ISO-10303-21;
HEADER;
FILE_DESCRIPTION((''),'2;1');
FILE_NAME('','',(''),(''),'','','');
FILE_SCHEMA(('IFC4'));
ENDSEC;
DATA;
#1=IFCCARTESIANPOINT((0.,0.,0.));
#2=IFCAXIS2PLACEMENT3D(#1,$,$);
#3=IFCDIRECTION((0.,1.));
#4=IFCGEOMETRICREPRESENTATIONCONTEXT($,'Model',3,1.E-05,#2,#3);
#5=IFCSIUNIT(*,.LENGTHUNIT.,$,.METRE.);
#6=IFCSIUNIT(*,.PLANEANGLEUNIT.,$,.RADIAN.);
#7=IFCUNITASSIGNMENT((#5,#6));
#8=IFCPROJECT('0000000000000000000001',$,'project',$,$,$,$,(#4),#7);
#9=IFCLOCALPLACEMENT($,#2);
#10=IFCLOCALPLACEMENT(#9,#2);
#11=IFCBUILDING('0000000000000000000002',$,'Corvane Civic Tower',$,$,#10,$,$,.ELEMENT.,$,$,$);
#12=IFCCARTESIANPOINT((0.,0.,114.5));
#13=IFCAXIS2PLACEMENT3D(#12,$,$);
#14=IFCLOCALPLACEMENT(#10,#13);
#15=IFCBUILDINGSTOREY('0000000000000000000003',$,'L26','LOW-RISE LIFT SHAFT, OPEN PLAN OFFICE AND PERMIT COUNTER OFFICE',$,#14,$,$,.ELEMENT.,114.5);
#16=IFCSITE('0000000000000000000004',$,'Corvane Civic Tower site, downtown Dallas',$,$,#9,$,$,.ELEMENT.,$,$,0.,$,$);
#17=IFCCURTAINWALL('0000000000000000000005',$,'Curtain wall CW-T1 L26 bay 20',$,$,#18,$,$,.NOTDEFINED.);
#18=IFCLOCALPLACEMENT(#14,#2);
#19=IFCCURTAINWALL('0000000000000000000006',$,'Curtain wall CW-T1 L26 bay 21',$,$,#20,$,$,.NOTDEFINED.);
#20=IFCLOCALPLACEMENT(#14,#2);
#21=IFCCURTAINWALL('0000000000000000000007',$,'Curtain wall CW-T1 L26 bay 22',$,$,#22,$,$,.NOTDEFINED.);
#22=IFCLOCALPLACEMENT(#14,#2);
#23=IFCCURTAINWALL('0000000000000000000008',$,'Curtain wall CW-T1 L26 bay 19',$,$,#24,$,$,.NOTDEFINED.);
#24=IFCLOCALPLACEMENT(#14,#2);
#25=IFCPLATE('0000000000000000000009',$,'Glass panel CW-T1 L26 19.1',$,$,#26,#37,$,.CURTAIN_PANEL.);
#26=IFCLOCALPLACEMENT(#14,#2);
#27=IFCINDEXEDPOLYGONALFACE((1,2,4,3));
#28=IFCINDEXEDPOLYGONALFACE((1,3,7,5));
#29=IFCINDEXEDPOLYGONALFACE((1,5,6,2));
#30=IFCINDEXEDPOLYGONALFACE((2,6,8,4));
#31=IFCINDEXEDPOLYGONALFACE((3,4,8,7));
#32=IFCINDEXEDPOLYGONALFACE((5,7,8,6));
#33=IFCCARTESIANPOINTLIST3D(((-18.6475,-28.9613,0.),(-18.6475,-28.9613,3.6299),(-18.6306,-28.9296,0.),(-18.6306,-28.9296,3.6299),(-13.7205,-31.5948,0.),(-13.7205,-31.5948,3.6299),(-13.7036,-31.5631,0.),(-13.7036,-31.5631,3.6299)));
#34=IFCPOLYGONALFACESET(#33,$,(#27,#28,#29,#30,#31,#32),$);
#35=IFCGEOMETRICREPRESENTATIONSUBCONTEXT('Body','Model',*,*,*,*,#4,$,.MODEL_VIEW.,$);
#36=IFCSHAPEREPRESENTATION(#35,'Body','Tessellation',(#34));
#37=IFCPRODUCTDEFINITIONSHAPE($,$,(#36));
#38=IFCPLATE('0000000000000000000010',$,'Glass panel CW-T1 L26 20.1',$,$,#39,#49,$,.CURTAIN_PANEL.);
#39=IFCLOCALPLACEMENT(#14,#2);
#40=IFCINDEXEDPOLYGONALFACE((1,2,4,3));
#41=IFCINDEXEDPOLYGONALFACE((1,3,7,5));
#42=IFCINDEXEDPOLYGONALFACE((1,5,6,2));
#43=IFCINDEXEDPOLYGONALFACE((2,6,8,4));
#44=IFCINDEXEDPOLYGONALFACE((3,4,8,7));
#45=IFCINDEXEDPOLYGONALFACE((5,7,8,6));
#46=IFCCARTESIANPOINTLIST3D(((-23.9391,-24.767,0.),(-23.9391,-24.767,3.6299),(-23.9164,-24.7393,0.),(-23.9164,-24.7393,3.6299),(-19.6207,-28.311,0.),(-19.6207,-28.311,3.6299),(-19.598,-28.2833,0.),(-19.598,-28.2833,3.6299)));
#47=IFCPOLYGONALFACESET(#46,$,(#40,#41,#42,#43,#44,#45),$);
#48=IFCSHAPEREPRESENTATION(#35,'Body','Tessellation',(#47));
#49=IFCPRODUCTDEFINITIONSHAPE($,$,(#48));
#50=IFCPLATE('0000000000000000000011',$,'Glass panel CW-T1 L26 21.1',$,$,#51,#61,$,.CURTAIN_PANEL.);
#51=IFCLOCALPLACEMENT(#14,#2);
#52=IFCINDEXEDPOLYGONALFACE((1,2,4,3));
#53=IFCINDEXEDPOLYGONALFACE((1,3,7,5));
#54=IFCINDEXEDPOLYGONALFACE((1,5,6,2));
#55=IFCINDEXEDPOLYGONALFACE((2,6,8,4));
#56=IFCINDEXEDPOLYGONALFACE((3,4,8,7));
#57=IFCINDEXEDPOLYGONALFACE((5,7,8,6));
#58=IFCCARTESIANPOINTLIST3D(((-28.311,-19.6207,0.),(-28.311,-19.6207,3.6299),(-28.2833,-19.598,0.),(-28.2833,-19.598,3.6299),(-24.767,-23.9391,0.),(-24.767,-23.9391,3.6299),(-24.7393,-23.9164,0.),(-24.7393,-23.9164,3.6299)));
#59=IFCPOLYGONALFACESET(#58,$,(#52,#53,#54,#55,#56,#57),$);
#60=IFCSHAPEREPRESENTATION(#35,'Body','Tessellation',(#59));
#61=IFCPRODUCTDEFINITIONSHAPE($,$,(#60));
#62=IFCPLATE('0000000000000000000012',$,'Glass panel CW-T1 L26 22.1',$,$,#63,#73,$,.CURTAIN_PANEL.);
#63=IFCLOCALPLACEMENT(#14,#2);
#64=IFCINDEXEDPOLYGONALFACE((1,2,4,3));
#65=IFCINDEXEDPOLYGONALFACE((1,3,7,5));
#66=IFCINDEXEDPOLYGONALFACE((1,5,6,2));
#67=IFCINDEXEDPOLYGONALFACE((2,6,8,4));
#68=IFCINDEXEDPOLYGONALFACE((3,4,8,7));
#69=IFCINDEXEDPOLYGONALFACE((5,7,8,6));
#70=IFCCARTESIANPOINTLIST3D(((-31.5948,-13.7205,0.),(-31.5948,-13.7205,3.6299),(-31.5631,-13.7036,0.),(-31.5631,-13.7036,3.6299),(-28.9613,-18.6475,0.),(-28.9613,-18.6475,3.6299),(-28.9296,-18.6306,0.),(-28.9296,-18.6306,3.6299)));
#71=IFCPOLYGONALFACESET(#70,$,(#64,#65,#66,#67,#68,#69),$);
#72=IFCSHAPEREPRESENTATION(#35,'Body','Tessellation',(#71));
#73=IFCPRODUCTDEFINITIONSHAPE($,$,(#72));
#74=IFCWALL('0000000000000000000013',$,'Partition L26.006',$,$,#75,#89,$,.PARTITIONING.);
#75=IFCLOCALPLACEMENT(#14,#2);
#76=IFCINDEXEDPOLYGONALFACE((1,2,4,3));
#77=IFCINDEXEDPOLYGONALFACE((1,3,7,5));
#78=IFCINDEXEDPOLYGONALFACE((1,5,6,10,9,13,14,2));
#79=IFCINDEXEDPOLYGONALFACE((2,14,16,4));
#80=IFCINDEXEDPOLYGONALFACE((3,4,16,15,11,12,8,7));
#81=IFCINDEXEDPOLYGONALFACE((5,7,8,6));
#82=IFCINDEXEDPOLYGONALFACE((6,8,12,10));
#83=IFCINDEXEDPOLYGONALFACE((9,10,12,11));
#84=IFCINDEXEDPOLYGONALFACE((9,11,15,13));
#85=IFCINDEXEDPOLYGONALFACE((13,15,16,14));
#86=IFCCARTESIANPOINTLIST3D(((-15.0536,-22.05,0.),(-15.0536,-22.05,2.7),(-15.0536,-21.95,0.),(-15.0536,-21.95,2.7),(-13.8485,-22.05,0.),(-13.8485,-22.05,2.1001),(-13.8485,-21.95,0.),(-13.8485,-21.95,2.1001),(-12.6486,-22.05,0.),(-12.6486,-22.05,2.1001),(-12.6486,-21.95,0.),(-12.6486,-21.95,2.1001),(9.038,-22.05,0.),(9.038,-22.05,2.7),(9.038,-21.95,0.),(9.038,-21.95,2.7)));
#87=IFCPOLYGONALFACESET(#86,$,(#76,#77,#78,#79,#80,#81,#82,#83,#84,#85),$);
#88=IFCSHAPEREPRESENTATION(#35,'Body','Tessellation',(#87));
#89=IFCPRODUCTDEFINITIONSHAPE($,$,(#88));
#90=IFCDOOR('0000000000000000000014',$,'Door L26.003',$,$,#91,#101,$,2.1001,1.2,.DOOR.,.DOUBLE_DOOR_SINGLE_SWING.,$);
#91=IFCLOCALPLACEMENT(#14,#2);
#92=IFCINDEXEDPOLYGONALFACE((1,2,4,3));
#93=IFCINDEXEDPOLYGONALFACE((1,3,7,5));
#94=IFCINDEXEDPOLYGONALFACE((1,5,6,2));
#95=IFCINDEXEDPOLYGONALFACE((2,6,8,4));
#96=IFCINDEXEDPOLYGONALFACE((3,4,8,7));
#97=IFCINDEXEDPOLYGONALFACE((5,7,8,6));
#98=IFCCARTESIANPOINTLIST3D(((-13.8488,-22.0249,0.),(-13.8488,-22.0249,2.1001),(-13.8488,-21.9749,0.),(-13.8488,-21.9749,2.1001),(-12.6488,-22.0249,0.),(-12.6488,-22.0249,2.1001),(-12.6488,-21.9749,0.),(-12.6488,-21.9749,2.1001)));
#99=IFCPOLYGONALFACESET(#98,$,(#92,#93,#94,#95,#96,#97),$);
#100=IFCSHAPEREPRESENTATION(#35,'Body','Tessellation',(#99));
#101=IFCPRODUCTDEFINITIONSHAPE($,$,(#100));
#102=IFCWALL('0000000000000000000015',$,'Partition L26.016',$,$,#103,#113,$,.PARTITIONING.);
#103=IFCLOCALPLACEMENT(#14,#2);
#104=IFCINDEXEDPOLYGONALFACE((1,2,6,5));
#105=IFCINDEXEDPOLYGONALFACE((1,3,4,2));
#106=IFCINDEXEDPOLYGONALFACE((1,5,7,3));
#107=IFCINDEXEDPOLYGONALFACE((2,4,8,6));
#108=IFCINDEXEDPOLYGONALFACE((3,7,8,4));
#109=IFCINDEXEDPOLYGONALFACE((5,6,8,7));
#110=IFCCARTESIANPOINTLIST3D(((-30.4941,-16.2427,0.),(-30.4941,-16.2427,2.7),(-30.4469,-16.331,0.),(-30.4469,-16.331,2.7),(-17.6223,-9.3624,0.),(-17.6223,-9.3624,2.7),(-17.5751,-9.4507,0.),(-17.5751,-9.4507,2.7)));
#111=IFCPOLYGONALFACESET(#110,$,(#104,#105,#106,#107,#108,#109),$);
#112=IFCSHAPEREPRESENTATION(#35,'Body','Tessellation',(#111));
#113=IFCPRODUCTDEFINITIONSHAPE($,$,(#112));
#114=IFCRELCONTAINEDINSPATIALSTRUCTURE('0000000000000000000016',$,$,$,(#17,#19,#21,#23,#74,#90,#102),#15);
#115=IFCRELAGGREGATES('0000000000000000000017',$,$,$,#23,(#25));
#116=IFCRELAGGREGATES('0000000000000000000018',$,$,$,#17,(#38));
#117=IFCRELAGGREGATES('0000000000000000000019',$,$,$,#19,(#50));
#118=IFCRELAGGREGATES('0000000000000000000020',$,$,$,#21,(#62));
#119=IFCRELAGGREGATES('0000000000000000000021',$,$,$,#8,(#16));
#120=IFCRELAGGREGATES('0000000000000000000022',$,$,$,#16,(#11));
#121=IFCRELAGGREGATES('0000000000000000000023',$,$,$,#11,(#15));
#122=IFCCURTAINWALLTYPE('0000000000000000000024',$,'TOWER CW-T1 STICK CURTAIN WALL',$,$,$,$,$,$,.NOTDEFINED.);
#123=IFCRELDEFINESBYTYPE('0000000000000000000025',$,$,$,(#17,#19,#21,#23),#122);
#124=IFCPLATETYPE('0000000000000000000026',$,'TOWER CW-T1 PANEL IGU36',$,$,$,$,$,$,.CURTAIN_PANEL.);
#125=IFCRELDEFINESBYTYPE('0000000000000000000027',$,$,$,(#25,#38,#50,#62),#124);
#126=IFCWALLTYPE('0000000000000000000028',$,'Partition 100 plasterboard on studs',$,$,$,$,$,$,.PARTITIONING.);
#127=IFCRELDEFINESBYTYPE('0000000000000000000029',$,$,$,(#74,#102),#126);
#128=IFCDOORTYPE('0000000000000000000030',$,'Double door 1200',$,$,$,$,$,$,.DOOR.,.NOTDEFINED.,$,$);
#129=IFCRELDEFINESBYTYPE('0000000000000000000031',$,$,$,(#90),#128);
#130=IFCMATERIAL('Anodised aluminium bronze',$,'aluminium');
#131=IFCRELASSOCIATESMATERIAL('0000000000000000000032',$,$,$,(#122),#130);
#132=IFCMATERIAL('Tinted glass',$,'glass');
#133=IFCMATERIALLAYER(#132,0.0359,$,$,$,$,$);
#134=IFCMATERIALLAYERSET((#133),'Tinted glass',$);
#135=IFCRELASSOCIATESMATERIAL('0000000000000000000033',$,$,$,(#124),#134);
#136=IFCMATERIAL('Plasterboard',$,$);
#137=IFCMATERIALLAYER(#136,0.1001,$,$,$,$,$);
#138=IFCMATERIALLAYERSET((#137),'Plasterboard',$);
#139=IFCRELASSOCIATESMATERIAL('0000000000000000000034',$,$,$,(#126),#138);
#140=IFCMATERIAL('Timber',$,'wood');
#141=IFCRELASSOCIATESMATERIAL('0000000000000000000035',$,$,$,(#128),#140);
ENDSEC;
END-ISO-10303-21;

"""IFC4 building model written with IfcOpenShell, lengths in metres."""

from ifc_helpers import new_model, si_unit, direction, frame, frame_2d, origin, origin_2d, place, context, subcontext, project, spatial, rectangle, extrude, material, layer, layer_set, type_object, element, fill, aggregate, save


model = new_model("IFC4")

# Units and contexts
model_context = context("Model", 3, precision=1e-05, world=origin(), true_north=direction((0.0, 1.0)))
body_context = subcontext(model_context, "Body", "Model", "MODEL_VIEW")
ifc_project = project(units=[si_unit("LENGTHUNIT", "METRE"), si_unit("PLANEANGLEUNIT", "RADIAN")], contexts=[model_context])

# Site, building, storey
site_placement = place(None, origin())
site = spatial("IfcSite", under=ifc_project, at=site_placement, Name="Corvane Civic Tower site, downtown Dallas", CompositionType="ELEMENT", RefElevation=0.0)
building_placement = place(site_placement, origin())
building = spatial("IfcBuilding", under=site, at=building_placement, Name="Corvane Civic Tower", CompositionType="ELEMENT")
storey_placement = place(building_placement, frame((0.0, 0.0, 114.5)))
storey = spatial("IfcBuildingStorey", under=building, at=storey_placement, Name="L26", Description="LOW-RISE LIFT SHAFT, OPEN PLAN OFFICE AND PERMIT COUNTER OFFICE", CompositionType="ELEMENT", Elevation=114.5)

# Curtain walls
ifc_material_1 = material(Name="Anodised aluminium bronze", Category="aluminium")
curtain_wall_type = type_object("IfcCurtainWallType", Name="TOWER CW-T1 STICK CURTAIN WALL", PredefinedType="NOTDEFINED", material=ifc_material_1)
curtain_wall_1_placement = place(storey_placement, origin())
curtain_wall_1 = element("IfcCurtainWall", 1, at=curtain_wall_1_placement, inside=storey, type_object=curtain_wall_type, Name="Curtain wall CW-T1 L26 bay 20", PredefinedType="NOTDEFINED")
curtain_wall_2_placement = place(storey_placement, origin())
curtain_wall_2 = element("IfcCurtainWall", 2, at=curtain_wall_2_placement, inside=storey, type_object=curtain_wall_type, Name="Curtain wall CW-T1 L26 bay 21", PredefinedType="NOTDEFINED")
curtain_wall_3_placement = place(storey_placement, origin())
curtain_wall_3 = element("IfcCurtainWall", 3, at=curtain_wall_3_placement, inside=storey, type_object=curtain_wall_type, Name="Curtain wall CW-T1 L26 bay 22", PredefinedType="NOTDEFINED")

# Curtain wall, plate
curtain_wall_4_placement = place(storey_placement, origin())
curtain_wall_4 = element("IfcCurtainWall", 4, at=curtain_wall_4_placement, inside=storey, type_object=curtain_wall_type, Name="Curtain wall CW-T1 L26 bay 19", PredefinedType="NOTDEFINED")
ifc_material_2 = material(Name="Tinted glass", Category="glass")
ifc_layer_1 = layer(ifc_material_2, 0.0359)
ifc_layer_set_1 = layer_set([ifc_layer_1], Name="Tinted glass")
plate_type = type_object("IfcPlateType", Name="TOWER CW-T1 PANEL IGU36", PredefinedType="CURTAIN_PANEL", material=ifc_layer_set_1)
plate_1_placement = place(storey_placement, frame((-16.1755, -30.2622, 0.0), z_axis=(0.0, 0.0, 1.0), x_axis=(-0.881924, 0.471392, 0.0)))
plate_1 = element("IfcPlate", 5, at=plate_1_placement, type_object=plate_type, Name="Glass panel CW-T1 L26 19.1", PredefinedType="CURTAIN_PANEL", context=body_context, shape_type="SweptSolid", body=[
    extrude(rectangle(XDim=5.5867, YDim=0.0359, at=origin_2d()), origin(), (0.0, 0.0, 1.0), 3.6299),
])
aggregate(curtain_wall_4, [plate_1])

# Plates
plate_2_placement = place(storey_placement, frame((-21.7686, -26.5251, 0.0), z_axis=(0.0, 0.0, 1.0), x_axis=(-0.773013, 0.63439, 0.0)))
plate_2 = element("IfcPlate", 6, at=plate_2_placement, type_object=plate_type, Name="Glass panel CW-T1 L26 20.1", PredefinedType="CURTAIN_PANEL", context=body_context, shape_type="SweptSolid", body=[
    extrude(rectangle(XDim=5.5864, YDim=0.0359, at=origin_2d()), origin(), (0.0, 0.0, 1.0), 3.6299),
])
aggregate(curtain_wall_1, [plate_2])
plate_3_placement = place(storey_placement, frame((-26.5251, -21.7686, 0.0), z_axis=(0.0, 0.0, 1.0), x_axis=(-0.63439, 0.773013, 0.0)))
plate_3 = element("IfcPlate", 7, at=plate_3_placement, type_object=plate_type, Name="Glass panel CW-T1 L26 21.1", PredefinedType="CURTAIN_PANEL", context=body_context, shape_type="SweptSolid", body=[
    extrude(rectangle(XDim=5.5864, YDim=0.0359, at=origin_2d()), origin(), (0.0, 0.0, 1.0), 3.6299),
])
aggregate(curtain_wall_2, [plate_3])
plate_4_placement = place(storey_placement, frame((-30.2622, -16.1755, 0.0), z_axis=(0.0, 0.0, 1.0), x_axis=(-0.471392, 0.881924, 0.0)))
plate_4 = element("IfcPlate", 8, at=plate_4_placement, type_object=plate_type, Name="Glass panel CW-T1 L26 22.1", PredefinedType="CURTAIN_PANEL", context=body_context, shape_type="SweptSolid", body=[
    extrude(rectangle(XDim=5.5867, YDim=0.0359, at=origin_2d()), origin(), (0.0, 0.0, 1.0), 3.6299),
])
aggregate(curtain_wall_3, [plate_4])

# Wall, opening, door
ifc_material_3 = material(Name="Plasterboard")
ifc_layer_2 = layer(ifc_material_3, 0.1001)
ifc_layer_set_2 = layer_set([ifc_layer_2], Name="Plasterboard")
wall_type_1 = type_object("IfcWallType", Name="Partition 100 plasterboard on studs", PredefinedType="PARTITIONING", material=ifc_layer_set_2)
wall_1_placement = place(storey_placement, frame((-15.0537, -22.0, 0.0), z_axis=(0.0, 0.0, 1.0), x_axis=(1.0, 0.0, 0.0)))
wall_1 = element("IfcWall", 9, at=wall_1_placement, inside=storey, type_object=wall_type_1, Name="Partition L26.006", PredefinedType="PARTITIONING", context=body_context, shape_type="SweptSolid", body=[
    extrude(rectangle(XDim=24.0916, YDim=0.1001, at=frame_2d((12.0459, 0.0))), origin(), (0.0, 0.0, 1.0), 2.7),
])
opening_1_placement = place(wall_1_placement, frame((1.2051, 0.0, 0.0)))
opening_1 = element("IfcOpeningElement", 10, at=opening_1_placement, cuts=wall_1, PredefinedType="OPENING", context=body_context, shape_type="SweptSolid", body=[
    extrude(rectangle(XDim=1.2, YDim=2.1001, at=frame_2d((0.6001, 1.05))), frame((0.0, 0.0601, 0.0), z_axis=(0.0, -1.0, 0.0), x_axis=(1.0, 0.0, 0.0)), (0.0, 0.0, 1.0), 0.1201),
])
ifc_material_4 = material(Name="Timber", Category="wood")
door_type_1 = type_object("IfcDoorType", Name="Double door 1200", OperationType="NOTDEFINED", PredefinedType="DOOR", material=ifc_material_4)
door_1_placement = place(opening_1_placement, frame((1.2, 0.0, 0.0), z_axis=(0.0, 0.0, 1.0), x_axis=(-1.0, 0.0, 0.0)))
door_1 = element("IfcDoor", 11, at=door_1_placement, inside=storey, type_object=door_type_1, Name="Door L26.003", OperationType="DOUBLE_DOOR_SINGLE_SWING", OverallHeight=2.1001, OverallWidth=1.2, PredefinedType="DOOR", context=body_context, shape_type="SweptSolid", body=[
    extrude(rectangle(XDim=1.2, YDim=2.1001, at=frame_2d((0.6001, 1.05))), frame((0.0, 0.0249, 0.0), z_axis=(0.0, -1.0, 0.0), x_axis=(1.0, 0.0, 0.0)), (0.0, 0.0, 1.0), 0.05),
])
fill(opening_1, door_1)

# Wall
wall_2_placement = place(storey_placement, frame((-30.4705, -16.2869, 0.0), z_axis=(0.0, 0.0, 1.0), x_axis=(0.881915, 0.471409, 0.0)))
element("IfcWall", 12, at=wall_2_placement, inside=storey, type_object=wall_type_1, Name="Partition L26.016", PredefinedType="PARTITIONING", context=body_context, shape_type="SweptSolid", body=[
    extrude(rectangle(XDim=14.5952, YDim=0.1001, at=frame_2d((7.2976, 0.0))), origin(), (0.0, 0.0, 1.0), 2.7),
])

save(model, "model.ifc")
